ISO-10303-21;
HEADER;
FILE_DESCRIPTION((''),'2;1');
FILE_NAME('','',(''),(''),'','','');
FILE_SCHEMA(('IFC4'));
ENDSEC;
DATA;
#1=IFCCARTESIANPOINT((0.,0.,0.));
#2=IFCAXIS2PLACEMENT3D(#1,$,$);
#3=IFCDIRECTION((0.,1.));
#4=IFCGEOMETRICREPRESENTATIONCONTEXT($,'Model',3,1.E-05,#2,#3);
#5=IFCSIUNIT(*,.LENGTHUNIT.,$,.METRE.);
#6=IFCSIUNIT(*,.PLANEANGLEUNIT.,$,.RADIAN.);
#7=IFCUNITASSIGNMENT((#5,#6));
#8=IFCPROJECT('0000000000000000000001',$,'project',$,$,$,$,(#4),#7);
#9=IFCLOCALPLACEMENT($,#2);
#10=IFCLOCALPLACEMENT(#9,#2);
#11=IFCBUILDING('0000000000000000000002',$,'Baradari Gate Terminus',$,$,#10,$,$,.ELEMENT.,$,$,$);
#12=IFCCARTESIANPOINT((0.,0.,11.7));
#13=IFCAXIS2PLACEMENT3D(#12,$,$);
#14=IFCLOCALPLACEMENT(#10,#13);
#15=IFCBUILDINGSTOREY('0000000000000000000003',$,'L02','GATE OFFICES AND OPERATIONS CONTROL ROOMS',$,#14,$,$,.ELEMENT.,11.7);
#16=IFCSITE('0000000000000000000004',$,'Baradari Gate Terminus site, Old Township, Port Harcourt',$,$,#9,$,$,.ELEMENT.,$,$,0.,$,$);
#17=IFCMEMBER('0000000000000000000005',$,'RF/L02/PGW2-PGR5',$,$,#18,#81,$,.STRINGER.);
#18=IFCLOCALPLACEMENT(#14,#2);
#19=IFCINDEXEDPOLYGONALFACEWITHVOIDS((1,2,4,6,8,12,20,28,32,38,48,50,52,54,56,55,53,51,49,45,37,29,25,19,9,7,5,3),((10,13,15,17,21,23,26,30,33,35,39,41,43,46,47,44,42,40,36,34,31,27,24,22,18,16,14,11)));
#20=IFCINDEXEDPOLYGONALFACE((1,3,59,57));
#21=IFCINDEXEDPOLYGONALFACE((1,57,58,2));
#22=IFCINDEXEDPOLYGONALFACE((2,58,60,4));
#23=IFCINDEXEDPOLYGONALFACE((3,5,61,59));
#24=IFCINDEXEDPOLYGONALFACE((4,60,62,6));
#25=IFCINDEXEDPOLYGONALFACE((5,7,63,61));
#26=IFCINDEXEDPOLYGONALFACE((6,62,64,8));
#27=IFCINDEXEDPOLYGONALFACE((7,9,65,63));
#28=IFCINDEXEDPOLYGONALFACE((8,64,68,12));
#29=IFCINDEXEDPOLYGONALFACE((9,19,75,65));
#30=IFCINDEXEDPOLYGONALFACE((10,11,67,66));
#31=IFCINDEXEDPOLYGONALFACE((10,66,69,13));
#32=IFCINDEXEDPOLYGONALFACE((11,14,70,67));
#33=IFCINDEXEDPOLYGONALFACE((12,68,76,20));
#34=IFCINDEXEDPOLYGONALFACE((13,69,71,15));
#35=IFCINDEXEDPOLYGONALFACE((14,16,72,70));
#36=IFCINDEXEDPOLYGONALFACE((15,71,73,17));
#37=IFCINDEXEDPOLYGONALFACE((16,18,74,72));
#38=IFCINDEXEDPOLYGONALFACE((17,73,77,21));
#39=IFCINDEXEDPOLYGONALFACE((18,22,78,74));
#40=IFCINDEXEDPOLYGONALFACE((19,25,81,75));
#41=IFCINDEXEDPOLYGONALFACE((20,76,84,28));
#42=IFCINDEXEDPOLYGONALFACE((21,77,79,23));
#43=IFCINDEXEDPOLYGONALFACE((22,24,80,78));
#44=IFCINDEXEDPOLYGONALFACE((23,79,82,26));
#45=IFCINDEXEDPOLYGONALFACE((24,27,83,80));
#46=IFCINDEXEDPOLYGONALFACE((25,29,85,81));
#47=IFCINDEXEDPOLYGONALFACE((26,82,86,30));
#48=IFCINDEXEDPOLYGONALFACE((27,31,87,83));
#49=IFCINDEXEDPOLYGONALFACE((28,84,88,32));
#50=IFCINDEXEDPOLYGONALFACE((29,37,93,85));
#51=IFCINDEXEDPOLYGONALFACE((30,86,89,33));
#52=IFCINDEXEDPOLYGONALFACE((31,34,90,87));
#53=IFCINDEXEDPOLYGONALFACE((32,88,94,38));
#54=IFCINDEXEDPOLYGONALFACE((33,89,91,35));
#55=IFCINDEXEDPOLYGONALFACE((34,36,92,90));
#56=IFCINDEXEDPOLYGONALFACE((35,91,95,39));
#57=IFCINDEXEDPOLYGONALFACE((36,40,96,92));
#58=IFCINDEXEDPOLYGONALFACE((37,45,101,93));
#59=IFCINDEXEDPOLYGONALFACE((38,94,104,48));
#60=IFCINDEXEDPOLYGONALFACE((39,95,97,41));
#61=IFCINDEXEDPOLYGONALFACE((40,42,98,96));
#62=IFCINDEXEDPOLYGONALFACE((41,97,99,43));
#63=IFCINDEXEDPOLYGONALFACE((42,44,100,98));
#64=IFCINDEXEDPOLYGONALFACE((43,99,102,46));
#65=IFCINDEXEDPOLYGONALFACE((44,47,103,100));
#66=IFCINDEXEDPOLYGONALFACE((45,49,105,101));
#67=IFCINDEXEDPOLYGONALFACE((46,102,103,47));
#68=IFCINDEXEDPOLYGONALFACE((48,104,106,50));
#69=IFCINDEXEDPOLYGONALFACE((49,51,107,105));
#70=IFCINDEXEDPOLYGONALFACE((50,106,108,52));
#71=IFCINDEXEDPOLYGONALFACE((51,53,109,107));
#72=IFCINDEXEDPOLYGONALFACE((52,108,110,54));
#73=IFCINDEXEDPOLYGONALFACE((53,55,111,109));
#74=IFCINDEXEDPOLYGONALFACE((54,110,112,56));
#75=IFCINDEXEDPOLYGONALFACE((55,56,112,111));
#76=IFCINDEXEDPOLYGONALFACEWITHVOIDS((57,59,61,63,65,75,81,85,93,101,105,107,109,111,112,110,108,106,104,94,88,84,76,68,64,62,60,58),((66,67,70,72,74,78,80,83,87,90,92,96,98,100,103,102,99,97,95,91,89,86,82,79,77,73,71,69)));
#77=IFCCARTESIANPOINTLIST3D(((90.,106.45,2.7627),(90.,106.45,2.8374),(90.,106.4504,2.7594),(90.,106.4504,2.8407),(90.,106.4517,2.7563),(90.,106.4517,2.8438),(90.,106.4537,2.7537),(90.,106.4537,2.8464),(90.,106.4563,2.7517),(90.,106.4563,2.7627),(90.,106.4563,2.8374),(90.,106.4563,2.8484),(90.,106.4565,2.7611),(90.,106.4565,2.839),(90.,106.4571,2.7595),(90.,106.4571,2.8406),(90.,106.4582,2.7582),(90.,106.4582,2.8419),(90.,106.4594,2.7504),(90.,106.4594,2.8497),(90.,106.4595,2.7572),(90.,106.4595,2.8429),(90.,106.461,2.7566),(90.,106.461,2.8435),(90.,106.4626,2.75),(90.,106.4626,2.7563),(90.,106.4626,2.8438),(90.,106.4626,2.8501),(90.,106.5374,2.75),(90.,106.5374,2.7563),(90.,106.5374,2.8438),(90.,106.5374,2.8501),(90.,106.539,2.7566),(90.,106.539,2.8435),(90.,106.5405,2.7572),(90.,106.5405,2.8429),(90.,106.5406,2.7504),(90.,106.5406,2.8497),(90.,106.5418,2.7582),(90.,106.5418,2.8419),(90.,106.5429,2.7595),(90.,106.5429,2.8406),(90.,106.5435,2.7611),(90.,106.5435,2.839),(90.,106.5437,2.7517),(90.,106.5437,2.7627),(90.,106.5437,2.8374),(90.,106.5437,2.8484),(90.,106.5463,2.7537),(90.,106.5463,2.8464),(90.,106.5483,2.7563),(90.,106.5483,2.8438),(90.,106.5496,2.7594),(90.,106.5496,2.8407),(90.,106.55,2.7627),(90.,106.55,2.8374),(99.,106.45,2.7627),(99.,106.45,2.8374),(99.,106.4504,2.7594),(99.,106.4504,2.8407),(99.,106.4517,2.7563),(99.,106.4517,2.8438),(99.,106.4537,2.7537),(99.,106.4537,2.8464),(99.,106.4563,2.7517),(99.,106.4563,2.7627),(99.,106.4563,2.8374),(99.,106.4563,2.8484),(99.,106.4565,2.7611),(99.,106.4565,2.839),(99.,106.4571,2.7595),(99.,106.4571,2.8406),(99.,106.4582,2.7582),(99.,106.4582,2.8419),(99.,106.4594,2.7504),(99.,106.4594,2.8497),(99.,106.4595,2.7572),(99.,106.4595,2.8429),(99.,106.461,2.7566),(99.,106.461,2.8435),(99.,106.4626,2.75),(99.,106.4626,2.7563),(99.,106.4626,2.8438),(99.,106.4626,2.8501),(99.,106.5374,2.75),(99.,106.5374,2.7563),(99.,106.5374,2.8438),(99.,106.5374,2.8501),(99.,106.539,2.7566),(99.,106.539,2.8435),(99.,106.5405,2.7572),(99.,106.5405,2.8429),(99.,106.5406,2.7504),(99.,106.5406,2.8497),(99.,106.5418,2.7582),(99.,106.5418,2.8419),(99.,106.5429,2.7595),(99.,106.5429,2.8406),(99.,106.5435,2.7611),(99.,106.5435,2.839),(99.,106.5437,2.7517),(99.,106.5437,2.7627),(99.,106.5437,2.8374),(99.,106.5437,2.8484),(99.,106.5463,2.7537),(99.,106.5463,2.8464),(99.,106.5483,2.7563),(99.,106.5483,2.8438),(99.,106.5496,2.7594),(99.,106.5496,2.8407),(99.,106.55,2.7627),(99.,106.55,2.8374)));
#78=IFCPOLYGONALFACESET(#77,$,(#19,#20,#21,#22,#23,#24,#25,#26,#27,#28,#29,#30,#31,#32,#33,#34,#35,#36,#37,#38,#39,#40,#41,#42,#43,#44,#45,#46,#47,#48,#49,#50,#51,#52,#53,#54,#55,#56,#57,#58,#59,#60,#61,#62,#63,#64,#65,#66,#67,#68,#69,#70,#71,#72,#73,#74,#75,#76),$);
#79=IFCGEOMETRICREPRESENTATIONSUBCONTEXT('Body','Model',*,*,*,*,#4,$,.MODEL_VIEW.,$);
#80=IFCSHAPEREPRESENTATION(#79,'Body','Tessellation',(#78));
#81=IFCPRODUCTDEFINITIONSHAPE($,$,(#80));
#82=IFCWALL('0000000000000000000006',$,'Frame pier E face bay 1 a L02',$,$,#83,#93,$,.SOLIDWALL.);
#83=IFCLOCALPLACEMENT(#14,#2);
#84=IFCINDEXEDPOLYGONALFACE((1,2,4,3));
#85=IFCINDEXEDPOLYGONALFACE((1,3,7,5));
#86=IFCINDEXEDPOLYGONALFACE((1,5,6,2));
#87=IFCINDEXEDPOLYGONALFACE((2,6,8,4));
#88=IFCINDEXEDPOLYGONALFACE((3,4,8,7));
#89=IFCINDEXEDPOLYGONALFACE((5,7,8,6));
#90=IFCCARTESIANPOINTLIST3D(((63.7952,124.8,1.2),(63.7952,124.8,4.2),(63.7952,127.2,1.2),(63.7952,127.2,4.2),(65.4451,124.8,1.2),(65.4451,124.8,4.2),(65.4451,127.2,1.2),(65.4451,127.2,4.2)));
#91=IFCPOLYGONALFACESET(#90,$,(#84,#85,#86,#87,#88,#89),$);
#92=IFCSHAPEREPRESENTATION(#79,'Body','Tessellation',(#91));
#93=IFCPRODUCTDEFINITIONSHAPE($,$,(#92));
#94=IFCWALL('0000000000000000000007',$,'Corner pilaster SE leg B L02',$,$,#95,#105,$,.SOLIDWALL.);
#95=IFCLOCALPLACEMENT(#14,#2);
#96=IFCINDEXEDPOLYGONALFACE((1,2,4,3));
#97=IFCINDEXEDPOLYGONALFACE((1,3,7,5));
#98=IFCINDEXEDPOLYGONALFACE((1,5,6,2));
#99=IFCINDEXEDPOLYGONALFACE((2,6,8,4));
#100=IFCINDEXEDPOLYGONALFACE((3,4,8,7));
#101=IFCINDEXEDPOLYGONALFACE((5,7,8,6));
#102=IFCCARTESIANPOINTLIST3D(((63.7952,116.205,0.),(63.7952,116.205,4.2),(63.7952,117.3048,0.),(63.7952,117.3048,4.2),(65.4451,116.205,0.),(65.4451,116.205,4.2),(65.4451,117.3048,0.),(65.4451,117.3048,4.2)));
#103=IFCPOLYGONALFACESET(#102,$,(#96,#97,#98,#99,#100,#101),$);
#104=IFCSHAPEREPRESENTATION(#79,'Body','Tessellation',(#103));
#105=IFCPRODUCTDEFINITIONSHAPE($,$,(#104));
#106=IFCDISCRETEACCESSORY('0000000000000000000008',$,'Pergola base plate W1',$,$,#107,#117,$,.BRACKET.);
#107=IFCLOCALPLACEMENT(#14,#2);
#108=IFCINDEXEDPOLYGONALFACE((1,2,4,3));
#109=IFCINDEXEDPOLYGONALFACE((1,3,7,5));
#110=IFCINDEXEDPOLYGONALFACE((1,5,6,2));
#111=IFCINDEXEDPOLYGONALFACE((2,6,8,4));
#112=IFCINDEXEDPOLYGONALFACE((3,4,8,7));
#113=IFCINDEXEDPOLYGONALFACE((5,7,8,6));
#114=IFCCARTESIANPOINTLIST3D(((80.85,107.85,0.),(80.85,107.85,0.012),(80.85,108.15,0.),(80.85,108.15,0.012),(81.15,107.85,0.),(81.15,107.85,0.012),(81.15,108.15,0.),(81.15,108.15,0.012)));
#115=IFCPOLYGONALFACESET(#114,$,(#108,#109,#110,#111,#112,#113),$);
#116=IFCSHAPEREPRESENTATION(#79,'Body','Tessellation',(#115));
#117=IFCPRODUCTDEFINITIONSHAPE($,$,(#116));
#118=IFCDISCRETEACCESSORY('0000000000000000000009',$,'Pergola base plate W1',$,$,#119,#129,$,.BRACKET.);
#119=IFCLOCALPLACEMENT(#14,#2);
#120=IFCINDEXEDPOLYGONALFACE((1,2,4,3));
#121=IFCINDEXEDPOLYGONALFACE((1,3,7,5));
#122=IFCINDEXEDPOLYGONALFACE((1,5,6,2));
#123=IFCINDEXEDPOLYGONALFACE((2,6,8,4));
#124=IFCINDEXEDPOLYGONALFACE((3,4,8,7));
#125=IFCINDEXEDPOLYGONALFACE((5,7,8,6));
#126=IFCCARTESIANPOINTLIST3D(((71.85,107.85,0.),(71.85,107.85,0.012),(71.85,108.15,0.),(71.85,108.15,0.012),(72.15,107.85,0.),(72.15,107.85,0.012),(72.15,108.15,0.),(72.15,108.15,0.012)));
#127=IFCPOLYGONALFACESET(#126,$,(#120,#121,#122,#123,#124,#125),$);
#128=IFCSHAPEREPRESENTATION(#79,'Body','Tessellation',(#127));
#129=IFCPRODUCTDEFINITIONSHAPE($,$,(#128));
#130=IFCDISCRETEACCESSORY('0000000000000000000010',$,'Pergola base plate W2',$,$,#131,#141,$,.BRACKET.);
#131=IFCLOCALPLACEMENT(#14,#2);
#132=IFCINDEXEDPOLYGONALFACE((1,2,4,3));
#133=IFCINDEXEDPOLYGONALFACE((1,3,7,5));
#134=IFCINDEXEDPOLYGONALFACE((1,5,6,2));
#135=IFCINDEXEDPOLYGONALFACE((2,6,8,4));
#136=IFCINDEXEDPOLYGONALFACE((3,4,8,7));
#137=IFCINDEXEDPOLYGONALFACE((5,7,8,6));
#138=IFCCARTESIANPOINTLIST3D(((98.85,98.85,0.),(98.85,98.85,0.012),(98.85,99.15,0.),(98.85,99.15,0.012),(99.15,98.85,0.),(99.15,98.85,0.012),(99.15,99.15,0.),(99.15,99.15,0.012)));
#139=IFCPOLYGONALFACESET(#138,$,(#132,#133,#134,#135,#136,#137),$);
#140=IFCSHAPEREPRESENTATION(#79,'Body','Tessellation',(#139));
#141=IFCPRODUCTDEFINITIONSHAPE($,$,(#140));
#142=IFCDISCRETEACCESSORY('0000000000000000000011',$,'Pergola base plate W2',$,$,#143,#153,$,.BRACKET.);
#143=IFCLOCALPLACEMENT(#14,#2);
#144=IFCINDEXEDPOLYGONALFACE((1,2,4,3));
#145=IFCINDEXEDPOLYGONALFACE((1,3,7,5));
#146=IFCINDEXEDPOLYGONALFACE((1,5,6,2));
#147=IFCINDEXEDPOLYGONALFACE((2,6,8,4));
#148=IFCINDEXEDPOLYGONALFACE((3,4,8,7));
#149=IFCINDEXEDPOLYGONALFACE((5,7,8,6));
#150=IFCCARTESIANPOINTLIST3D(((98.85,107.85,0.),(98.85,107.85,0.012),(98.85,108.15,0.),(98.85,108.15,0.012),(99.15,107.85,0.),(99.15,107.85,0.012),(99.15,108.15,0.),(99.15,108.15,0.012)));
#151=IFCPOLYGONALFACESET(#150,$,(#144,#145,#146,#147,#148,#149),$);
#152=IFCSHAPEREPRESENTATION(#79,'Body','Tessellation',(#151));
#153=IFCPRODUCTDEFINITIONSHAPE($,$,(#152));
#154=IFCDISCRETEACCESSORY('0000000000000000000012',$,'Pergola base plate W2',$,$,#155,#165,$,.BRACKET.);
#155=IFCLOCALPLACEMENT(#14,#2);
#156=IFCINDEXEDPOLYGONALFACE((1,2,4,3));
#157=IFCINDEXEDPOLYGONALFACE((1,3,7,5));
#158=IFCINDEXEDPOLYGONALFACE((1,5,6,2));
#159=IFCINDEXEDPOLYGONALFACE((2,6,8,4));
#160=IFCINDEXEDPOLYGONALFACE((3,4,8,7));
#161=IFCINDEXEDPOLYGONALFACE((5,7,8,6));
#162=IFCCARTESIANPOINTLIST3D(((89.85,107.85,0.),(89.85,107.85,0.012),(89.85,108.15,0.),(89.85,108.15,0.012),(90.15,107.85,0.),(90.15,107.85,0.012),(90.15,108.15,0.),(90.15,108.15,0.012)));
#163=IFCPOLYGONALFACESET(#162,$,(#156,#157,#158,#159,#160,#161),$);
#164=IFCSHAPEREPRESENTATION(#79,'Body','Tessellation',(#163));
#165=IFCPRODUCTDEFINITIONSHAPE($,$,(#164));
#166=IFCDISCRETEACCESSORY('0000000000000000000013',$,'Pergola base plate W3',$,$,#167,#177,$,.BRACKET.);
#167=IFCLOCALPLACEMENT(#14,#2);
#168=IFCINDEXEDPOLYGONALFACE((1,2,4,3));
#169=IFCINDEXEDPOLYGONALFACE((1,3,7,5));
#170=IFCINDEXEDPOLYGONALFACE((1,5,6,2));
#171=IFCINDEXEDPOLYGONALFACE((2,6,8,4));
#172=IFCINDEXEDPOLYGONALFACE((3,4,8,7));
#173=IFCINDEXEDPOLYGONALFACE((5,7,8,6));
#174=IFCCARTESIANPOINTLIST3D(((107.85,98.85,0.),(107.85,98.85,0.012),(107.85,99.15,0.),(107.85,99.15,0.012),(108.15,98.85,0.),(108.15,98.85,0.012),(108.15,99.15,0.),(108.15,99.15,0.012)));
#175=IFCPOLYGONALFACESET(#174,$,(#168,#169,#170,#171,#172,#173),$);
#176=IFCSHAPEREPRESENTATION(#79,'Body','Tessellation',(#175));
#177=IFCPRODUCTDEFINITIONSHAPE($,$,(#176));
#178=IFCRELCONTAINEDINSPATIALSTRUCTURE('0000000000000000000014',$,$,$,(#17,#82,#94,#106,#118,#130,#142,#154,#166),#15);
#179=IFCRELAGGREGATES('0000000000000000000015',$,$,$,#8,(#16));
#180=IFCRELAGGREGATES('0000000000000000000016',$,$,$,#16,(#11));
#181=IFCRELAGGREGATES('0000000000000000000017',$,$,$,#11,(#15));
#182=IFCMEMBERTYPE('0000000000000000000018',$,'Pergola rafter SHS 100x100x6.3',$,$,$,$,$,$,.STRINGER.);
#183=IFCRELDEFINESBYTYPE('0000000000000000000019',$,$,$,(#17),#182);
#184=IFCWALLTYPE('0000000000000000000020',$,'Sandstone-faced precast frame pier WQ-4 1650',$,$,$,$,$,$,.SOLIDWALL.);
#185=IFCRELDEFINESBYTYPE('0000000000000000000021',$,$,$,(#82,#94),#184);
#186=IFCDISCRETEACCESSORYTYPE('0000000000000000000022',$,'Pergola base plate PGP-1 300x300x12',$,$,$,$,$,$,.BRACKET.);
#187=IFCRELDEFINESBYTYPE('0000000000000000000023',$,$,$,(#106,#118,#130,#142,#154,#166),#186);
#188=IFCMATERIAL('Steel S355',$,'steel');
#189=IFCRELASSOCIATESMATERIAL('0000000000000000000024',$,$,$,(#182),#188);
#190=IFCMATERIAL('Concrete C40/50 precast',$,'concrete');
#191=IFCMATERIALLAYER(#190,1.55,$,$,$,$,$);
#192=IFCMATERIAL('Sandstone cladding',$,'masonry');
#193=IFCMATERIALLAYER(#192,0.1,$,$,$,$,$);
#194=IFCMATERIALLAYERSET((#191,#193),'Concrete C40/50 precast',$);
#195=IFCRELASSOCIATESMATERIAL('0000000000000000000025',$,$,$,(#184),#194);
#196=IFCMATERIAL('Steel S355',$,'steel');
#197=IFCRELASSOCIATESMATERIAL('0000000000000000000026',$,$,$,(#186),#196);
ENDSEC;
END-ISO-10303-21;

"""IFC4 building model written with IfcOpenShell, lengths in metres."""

from ifc_helpers import new_model, si_unit, direction, frame, frame_2d, origin, origin_2d, place, context, subcontext, project, spatial, rectangle, hollow_rectangle, extrude, material, layer, layer_set, material_profile, profile_set, type_object, element, save


model = new_model("IFC4")

# Units and contexts
model_context = context("Model", 3, precision=1e-05, world=origin(), true_north=direction((0.0, 1.0)))
body_context = subcontext(model_context, "Body", "Model", "MODEL_VIEW")
ifc_project = project(units=[si_unit("LENGTHUNIT", "METRE"), si_unit("PLANEANGLEUNIT", "RADIAN")], contexts=[model_context])

# Site, building, storey
site_placement = place(None, origin())
site = spatial("IfcSite", under=ifc_project, at=site_placement, Name="Baradari Gate Terminus site, Old Township, Port Harcourt", CompositionType="ELEMENT", RefElevation=0.0)
building_placement = place(site_placement, origin())
building = spatial("IfcBuilding", under=site, at=building_placement, Name="Baradari Gate Terminus", CompositionType="ELEMENT")
storey_placement = place(building_placement, frame((0.0, 0.0, 11.7)))
storey = spatial("IfcBuildingStorey", under=building, at=storey_placement, Name="L02", Description="GATE OFFICES AND OPERATIONS CONTROL ROOMS", CompositionType="ELEMENT", Elevation=11.7)

# Member
ifc_material_1 = material(Name="Steel S355", Category="steel")
ifc_material_profile_1 = material_profile(ifc_material_1, hollow_rectangle(XDim=0.1001, YDim=0.1001, WallThickness=0.0063, InnerFilletRadius=0.0063, OuterFilletRadius=0.0127, at=origin_2d()), Name="SHS 100x100x6.3")
ifc_profile_set_1 = profile_set([ifc_material_profile_1], Name="Steel S355")
member_type = type_object("IfcMemberType", Name="Pergola rafter SHS 100x100x6.3", PredefinedType="STRINGER", material=ifc_profile_set_1)
for number, where, z_axis, x_axis, name in (
    (1, (90.0, 106.5, 2.8), (1.0, 0.0, 0.0), (0.0, 1.0, 0.0), "RF/L02/PGW2-PGR5"),
):
    element("IfcMember", number, at=place(storey_placement, frame(where, z_axis=z_axis, x_axis=x_axis)), inside=storey, type_object=member_type, Name=name, PredefinedType="STRINGER", context=body_context, shape_type="SweptSolid", body=[
        extrude(hollow_rectangle(XDim=0.1001, YDim=0.1001, WallThickness=0.0063, InnerFilletRadius=0.0063, OuterFilletRadius=0.0127, at=origin_2d()), origin(), (0.0, 0.0, 1.0), 9.0),
    ])

# Walls
ifc_material_2 = material(Name="Concrete C40/50 precast", Category="concrete")
ifc_layer_1 = layer(ifc_material_2, 1.55)
ifc_material_3 = material(Name="Sandstone cladding", Category="masonry")
ifc_layer_2 = layer(ifc_material_3, 0.1)
ifc_layer_set = layer_set([ifc_layer_1, ifc_layer_2], Name="Concrete C40/50 precast")
wall_type = type_object("IfcWallType", Name="Sandstone-faced precast frame pier WQ-4 1650", PredefinedType="SOLIDWALL", material=ifc_layer_set)
wall_1_placement = place(storey_placement, frame((64.6201, 124.8, 1.2), z_axis=(0.0, 0.0, 1.0), x_axis=(0.0, 1.0, 0.0)))
element("IfcWall", 2, at=wall_1_placement, inside=storey, type_object=wall_type, Name="Frame pier E face bay 1 a L02", PredefinedType="SOLIDWALL", context=body_context, shape_type="SweptSolid", body=[
    extrude(rectangle(XDim=2.3999, YDim=1.6499, at=frame_2d((1.2, 0.0))), origin(), (0.0, 0.0, 1.0), 3.0),
])
wall_2_placement = place(storey_placement, frame((64.6201, 116.2051, 0.0), z_axis=(0.0, 0.0, 1.0), x_axis=(0.0, 1.0, 0.0)))
element("IfcWall", 3, at=wall_2_placement, inside=storey, type_object=wall_type, Name="Corner pilaster SE leg B L02", PredefinedType="SOLIDWALL", context=body_context, shape_type="SweptSolid", body=[
    extrude(rectangle(XDim=1.0999, YDim=1.6499, at=frame_2d((0.5498, 0.0))), origin(), (0.0, 0.0, 1.0), 4.2),
])

# Discrete accessories
ifc_material_4 = material(Name="Steel S355", Category="steel")
discrete_accessory_type = type_object("IfcDiscreteAccessoryType", Name="Pergola base plate PGP-1 300x300x12", PredefinedType="BRACKET", material=ifc_material_4)
for number, where, z_axis, x_axis, name in (
    (4, (81.0, 108.0, 0.0), (0.0, 0.0, 1.0), (1.0, 0.0, 0.0), "Pergola base plate W1"),
    (5, (72.0, 108.0, 0.0), (0.0, 0.0, 1.0), (1.0, 0.0, 0.0), "Pergola base plate W1"),
    (6, (99.0, 99.0, 0.0), (0.0, 0.0, 1.0), (1.0, 0.0, 0.0), "Pergola base plate W2"),
    (7, (99.0, 108.0, 0.0), (0.0, 0.0, 1.0), (1.0, 0.0, 0.0), "Pergola base plate W2"),
    (8, (90.0, 108.0, 0.0), (0.0, 0.0, 1.0), (1.0, 0.0, 0.0), "Pergola base plate W2"),
    (9, (108.0, 99.0, 0.0), (0.0, 0.0, 1.0), (1.0, 0.0, 0.0), "Pergola base plate W3"),
):
    element("IfcDiscreteAccessory", number, at=place(storey_placement, frame(where, z_axis=z_axis, x_axis=x_axis)), inside=storey, type_object=discrete_accessory_type, Name=name, PredefinedType="BRACKET", context=body_context, shape_type="SweptSolid", body=[
        extrude(rectangle(XDim=0.3, YDim=0.3, at=origin_2d()), origin(), (0.0, 0.0, 1.0), 0.012),
    ])

save(model, "model.ifc")
